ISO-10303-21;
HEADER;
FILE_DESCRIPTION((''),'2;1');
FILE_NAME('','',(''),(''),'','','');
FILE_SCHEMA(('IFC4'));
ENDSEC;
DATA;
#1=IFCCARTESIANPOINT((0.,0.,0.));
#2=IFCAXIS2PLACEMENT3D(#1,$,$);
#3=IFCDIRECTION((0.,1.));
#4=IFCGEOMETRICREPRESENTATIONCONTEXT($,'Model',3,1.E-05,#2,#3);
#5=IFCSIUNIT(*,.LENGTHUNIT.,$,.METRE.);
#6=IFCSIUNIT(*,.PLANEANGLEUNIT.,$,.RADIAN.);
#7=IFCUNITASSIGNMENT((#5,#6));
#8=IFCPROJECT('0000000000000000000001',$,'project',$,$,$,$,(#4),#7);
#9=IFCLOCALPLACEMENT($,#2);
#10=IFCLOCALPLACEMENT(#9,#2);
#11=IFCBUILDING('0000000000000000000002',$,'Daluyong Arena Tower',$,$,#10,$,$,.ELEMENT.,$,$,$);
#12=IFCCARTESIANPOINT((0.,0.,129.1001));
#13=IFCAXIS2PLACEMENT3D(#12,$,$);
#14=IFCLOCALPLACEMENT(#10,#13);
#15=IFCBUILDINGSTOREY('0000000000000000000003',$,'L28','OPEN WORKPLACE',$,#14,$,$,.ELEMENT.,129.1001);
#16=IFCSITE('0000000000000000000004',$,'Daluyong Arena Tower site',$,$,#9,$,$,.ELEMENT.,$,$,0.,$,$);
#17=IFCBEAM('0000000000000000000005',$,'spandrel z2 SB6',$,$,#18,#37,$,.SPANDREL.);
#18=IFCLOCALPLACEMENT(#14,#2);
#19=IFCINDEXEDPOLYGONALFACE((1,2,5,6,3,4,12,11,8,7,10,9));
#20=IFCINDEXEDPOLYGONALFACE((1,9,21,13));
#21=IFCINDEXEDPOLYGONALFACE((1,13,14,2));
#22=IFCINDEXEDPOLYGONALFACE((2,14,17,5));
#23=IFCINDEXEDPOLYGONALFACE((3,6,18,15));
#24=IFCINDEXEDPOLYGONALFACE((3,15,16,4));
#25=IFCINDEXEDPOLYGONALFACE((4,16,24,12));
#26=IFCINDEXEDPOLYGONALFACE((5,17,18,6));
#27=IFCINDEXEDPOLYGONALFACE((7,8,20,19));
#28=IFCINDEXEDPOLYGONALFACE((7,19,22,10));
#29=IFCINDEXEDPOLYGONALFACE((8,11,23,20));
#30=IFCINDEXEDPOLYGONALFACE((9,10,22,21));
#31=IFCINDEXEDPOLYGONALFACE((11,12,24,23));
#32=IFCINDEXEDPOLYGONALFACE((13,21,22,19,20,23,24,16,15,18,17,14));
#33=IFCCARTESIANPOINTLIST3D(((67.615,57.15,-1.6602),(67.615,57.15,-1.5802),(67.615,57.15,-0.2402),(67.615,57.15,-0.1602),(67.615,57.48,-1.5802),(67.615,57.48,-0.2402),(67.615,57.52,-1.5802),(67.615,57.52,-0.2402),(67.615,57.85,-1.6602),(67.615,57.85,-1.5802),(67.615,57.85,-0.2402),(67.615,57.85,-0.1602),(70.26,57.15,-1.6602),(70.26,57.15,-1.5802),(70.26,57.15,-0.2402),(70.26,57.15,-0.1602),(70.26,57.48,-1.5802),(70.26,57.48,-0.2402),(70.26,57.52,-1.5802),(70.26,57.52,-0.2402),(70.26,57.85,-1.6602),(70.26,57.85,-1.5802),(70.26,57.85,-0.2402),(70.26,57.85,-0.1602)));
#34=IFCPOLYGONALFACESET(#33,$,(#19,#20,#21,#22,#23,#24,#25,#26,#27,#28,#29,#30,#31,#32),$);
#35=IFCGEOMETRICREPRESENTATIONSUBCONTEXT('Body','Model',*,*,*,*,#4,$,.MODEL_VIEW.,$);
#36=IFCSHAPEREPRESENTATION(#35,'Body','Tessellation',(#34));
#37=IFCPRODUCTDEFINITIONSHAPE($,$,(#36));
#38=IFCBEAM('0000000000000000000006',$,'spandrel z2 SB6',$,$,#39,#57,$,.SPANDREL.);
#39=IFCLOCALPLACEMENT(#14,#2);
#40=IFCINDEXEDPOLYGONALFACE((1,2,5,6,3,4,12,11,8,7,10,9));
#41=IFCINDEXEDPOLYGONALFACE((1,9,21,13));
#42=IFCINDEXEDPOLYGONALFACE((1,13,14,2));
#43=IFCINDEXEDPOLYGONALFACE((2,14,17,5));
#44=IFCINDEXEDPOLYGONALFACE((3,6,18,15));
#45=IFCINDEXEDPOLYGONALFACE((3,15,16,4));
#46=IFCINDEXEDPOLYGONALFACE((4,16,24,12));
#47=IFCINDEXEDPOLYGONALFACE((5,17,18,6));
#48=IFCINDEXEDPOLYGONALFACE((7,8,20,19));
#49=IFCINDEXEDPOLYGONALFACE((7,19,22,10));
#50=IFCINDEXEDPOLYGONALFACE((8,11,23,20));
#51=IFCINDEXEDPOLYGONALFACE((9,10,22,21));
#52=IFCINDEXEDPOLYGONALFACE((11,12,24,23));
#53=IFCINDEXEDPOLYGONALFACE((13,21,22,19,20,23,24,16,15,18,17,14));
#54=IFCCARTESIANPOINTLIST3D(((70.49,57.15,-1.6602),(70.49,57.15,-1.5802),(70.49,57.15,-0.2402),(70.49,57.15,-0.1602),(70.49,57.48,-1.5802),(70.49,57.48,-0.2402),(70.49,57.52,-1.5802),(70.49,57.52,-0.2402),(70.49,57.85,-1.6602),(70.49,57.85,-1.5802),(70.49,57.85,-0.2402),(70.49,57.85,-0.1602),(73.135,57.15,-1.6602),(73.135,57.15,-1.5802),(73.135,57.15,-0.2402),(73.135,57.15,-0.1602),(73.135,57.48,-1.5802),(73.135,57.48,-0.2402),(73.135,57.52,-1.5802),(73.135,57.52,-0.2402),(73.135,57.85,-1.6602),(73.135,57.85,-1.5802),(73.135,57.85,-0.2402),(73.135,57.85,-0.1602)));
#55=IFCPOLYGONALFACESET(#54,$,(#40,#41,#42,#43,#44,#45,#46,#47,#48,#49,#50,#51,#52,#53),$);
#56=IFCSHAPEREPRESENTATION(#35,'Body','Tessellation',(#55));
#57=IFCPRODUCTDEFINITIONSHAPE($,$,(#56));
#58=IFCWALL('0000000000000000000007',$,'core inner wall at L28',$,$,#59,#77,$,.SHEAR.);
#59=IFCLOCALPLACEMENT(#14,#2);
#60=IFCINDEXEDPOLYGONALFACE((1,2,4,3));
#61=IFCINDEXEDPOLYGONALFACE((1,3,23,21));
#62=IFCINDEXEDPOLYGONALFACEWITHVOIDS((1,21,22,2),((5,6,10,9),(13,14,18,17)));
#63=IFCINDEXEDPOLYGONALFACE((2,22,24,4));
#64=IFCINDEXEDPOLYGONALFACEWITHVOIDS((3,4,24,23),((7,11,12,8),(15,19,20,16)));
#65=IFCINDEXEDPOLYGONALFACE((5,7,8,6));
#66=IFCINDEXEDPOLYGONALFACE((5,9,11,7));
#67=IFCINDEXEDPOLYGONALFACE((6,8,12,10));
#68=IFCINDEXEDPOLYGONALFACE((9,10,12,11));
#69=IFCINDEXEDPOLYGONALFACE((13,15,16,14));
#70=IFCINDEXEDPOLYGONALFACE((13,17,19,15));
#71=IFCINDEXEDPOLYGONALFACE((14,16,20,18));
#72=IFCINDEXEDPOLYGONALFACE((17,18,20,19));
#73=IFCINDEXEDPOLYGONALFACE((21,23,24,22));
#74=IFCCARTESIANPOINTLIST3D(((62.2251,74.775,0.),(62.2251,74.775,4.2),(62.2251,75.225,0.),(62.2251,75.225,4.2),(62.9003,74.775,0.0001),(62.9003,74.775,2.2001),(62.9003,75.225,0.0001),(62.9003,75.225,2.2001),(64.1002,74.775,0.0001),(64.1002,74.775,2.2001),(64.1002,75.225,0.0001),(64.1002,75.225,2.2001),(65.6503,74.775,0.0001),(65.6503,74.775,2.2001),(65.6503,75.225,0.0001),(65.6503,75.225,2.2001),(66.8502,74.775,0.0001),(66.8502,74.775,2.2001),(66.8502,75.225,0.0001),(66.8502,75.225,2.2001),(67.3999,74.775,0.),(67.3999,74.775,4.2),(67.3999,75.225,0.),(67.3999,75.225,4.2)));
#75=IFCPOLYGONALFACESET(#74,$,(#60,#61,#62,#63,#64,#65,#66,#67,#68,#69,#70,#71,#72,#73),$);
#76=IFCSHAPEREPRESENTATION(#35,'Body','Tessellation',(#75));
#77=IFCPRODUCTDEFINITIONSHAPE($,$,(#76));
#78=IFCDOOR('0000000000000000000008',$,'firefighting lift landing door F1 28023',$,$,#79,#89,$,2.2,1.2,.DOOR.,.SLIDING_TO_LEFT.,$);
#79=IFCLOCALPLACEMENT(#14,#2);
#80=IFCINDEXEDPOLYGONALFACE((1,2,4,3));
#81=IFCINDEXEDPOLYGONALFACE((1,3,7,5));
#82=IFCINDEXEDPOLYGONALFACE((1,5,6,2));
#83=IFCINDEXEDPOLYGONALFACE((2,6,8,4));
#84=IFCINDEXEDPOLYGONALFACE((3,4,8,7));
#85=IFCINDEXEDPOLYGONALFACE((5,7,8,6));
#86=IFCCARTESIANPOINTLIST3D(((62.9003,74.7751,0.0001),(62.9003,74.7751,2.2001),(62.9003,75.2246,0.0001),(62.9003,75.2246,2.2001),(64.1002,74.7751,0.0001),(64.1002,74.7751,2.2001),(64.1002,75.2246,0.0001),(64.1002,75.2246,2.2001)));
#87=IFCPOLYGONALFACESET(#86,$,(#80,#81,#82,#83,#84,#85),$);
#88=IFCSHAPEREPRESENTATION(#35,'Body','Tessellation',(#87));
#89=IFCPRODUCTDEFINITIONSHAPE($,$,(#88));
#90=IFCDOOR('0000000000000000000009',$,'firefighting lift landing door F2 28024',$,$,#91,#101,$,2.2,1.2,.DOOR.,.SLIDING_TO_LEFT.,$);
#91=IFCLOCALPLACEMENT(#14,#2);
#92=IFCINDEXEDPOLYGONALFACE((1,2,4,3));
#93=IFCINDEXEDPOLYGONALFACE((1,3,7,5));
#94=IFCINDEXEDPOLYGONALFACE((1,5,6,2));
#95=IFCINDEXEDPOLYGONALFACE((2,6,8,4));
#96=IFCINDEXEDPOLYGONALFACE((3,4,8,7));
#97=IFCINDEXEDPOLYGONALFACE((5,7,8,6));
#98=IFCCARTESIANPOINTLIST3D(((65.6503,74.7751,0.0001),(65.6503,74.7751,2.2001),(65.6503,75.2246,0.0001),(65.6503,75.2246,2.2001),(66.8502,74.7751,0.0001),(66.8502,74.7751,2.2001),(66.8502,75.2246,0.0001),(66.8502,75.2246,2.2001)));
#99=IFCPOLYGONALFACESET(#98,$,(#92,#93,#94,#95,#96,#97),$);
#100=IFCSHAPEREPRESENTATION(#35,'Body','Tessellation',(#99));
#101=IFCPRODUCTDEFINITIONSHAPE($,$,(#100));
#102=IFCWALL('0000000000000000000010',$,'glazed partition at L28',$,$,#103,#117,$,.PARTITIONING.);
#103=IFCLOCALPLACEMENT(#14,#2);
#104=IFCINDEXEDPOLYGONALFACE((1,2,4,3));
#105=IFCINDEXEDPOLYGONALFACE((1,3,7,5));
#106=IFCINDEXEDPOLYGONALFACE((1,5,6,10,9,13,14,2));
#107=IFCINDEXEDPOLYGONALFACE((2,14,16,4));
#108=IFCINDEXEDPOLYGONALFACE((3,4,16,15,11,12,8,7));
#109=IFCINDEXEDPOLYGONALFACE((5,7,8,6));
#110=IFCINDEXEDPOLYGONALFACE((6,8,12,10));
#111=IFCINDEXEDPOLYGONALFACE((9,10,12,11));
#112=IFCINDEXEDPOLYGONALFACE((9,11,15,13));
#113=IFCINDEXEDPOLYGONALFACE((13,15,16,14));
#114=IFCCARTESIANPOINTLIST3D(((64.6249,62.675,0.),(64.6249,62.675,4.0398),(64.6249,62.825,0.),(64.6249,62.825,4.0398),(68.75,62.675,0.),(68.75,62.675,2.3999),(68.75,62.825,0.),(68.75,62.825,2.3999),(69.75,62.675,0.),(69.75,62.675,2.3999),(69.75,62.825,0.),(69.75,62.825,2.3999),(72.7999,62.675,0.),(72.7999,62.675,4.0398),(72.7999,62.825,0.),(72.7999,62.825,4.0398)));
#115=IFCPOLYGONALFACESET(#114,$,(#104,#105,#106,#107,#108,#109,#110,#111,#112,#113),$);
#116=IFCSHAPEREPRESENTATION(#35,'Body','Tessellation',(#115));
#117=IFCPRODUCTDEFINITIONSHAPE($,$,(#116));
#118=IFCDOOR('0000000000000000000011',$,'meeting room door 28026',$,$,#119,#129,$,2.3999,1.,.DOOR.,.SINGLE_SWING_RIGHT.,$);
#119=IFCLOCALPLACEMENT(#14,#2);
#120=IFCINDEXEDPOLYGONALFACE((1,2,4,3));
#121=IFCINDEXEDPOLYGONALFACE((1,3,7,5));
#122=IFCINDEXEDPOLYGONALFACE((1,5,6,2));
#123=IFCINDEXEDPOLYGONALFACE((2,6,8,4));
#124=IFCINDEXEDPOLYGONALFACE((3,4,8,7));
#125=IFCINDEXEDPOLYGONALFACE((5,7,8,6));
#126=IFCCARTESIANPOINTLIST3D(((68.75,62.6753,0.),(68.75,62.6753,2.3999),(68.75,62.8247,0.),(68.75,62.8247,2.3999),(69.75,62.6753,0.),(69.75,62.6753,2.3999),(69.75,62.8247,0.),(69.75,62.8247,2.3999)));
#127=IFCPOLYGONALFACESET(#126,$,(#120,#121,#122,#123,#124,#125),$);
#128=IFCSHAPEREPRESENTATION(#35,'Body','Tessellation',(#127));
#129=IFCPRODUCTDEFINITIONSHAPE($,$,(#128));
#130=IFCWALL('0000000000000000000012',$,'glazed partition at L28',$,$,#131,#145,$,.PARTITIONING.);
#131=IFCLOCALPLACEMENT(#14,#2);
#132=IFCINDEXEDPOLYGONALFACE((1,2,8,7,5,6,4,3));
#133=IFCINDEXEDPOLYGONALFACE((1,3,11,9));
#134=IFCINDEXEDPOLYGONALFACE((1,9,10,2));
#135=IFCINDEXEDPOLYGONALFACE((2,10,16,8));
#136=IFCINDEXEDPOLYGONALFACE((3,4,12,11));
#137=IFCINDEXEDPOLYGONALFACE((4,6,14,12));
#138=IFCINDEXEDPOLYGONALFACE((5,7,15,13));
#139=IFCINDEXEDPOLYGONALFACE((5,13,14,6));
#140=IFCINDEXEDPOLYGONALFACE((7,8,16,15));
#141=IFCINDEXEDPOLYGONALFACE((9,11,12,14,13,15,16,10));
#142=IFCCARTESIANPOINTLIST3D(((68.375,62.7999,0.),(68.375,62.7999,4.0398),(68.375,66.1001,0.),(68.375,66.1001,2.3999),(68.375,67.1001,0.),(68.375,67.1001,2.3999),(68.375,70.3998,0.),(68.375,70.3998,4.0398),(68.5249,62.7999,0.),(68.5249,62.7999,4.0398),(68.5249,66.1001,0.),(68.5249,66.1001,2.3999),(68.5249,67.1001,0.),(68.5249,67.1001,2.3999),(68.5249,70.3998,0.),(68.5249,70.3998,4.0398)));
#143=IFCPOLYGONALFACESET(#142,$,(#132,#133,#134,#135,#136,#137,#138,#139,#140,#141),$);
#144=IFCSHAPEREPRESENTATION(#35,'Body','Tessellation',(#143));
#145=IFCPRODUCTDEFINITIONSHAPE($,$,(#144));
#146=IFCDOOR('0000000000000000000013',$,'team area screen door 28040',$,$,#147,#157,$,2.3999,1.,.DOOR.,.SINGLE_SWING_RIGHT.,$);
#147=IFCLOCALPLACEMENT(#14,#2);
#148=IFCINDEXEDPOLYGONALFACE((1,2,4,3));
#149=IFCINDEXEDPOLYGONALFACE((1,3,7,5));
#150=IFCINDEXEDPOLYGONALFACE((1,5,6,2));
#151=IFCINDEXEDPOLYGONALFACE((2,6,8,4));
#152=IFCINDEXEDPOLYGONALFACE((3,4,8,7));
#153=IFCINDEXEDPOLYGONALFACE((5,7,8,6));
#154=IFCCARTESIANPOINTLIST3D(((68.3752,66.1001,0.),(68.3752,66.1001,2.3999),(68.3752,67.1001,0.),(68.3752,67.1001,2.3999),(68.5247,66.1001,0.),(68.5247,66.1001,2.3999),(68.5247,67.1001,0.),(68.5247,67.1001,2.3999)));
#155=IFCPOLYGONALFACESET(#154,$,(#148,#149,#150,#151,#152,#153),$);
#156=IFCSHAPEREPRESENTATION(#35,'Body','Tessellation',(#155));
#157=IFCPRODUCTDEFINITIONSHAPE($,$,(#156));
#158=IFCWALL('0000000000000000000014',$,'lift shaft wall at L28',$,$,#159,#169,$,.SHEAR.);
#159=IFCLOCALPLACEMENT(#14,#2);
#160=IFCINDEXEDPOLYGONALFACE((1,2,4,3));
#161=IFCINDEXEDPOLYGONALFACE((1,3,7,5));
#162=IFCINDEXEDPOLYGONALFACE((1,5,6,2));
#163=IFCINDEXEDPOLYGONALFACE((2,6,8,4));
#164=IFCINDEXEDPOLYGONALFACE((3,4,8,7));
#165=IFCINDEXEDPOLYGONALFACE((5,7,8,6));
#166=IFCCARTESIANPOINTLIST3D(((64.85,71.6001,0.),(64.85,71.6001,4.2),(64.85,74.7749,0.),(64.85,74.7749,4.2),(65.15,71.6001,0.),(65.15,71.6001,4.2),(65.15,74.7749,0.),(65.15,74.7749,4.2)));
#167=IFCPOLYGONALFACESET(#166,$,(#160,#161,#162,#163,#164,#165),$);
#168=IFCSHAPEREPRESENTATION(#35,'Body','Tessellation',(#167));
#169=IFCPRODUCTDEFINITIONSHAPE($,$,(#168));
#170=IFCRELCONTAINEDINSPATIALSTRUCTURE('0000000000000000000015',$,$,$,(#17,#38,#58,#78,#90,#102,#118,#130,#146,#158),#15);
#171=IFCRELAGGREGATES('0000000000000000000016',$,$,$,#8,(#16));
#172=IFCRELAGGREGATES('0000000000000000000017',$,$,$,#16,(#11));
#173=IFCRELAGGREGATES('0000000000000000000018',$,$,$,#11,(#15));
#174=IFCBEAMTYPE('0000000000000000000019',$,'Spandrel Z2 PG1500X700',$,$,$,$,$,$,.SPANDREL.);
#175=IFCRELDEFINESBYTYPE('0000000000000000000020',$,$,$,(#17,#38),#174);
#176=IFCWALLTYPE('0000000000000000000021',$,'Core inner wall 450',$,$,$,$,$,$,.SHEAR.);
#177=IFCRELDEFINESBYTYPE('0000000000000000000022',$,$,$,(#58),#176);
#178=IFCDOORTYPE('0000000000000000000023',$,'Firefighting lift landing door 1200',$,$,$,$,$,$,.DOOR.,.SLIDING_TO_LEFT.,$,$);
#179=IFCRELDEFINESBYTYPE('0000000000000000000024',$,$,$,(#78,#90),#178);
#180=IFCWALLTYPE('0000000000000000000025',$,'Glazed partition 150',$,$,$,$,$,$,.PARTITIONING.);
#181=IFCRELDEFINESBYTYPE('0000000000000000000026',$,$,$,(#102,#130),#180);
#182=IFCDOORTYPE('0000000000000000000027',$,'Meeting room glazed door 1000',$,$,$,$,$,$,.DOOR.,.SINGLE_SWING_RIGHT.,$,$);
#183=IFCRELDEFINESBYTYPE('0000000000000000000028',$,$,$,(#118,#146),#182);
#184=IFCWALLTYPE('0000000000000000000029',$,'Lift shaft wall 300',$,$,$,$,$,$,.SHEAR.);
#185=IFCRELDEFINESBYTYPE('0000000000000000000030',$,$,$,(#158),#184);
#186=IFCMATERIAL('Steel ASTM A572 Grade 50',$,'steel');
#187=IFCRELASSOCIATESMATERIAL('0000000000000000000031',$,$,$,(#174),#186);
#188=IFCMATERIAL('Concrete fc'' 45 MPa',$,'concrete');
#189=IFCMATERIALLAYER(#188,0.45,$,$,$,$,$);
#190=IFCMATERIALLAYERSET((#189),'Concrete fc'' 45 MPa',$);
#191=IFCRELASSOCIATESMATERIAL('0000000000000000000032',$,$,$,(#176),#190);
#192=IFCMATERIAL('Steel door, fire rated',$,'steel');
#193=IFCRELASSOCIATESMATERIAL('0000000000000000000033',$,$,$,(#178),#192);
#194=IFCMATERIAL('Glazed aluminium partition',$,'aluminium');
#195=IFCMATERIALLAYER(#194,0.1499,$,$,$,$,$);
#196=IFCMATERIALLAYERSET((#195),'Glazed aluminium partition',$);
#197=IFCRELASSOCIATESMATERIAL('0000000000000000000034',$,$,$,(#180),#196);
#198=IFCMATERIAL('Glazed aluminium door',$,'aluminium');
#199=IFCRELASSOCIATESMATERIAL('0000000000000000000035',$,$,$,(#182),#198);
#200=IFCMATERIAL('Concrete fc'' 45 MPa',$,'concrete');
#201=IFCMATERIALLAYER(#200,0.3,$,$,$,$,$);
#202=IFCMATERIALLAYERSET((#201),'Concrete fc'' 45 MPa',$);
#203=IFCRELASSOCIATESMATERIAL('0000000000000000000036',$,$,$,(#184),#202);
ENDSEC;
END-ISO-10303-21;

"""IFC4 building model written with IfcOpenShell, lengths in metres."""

from ifc_helpers import new_model, si_unit, direction, frame, frame_2d, origin, origin_2d, place, context, subcontext, project, spatial, rectangle, i_section, extrude, material, layer, layer_set, material_profile, profile_set, type_object, element, fill, save


model = new_model("IFC4")

# Units and contexts
model_context = context("Model", 3, precision=1e-05, world=origin(), true_north=direction((0.0, 1.0)))
body_context = subcontext(model_context, "Body", "Model", "MODEL_VIEW")
ifc_project = project(units=[si_unit("LENGTHUNIT", "METRE"), si_unit("PLANEANGLEUNIT", "RADIAN")], contexts=[model_context])

# Site, building, storey
site_placement = place(None, origin())
site = spatial("IfcSite", under=ifc_project, at=site_placement, Name="Daluyong Arena Tower site", CompositionType="ELEMENT", RefElevation=0.0)
building_placement = place(site_placement, origin())
building = spatial("IfcBuilding", under=site, at=building_placement, Name="Daluyong Arena Tower", CompositionType="ELEMENT")
storey_placement = place(building_placement, frame((0.0, 0.0, 129.1001)))
storey = spatial("IfcBuildingStorey", under=building, at=storey_placement, Name="L28", Description="OPEN WORKPLACE", CompositionType="ELEMENT", Elevation=129.1001)

# Beams
ifc_material_1 = material(Name="Steel ASTM A572 Grade 50", Category="steel")
ifc_material_profile_1 = material_profile(ifc_material_1, i_section(OverallWidth=0.7, OverallDepth=1.5, WebThickness=0.04, FlangeThickness=0.08, at=origin_2d()))
ifc_profile_set_1 = profile_set([ifc_material_profile_1], Name="Steel ASTM A572 Grade 50")
beam_type_1 = type_object("IfcBeamType", Name="Spandrel Z2 PG1500X700", PredefinedType="SPANDREL", material=ifc_profile_set_1)
for number, where, z_axis, x_axis, name in (
    (1, (67.615, 57.5, -0.9102), (1.0, 0.0, 0.0), (0.0, 1.0, 0.0), "spandrel z2 SB6"),
    (2, (70.49, 57.5, -0.9102), (1.0, 0.0, 0.0), (0.0, 1.0, 0.0), "spandrel z2 SB6"),
):
    element("IfcBeam", number, at=place(storey_placement, frame(where, z_axis=z_axis, x_axis=x_axis)), inside=storey, type_object=beam_type_1, Name=name, PredefinedType="SPANDREL", context=body_context, shape_type="SweptSolid", body=[
        extrude(i_section(OverallWidth=0.7, OverallDepth=1.5, WebThickness=0.04, FlangeThickness=0.08, at=origin_2d()), origin(), (0.0, 0.0, 1.0), 2.645),
    ])

# Shared definitions
ifc_material_2 = material(Name="Concrete fc' 45 MPa", Category="concrete")
ifc_layer_1 = layer(ifc_material_2, 0.45)
ifc_layer_set_1 = layer_set([ifc_layer_1], Name="Concrete fc' 45 MPa")
wall_type_1 = type_object("IfcWallType", Name="Core inner wall 450", PredefinedType="SHEAR", material=ifc_layer_set_1)

# Wall, openings, doors
wall_1_placement = place(storey_placement, frame((62.2251, 75.0, 0.0), z_axis=(0.0, 0.0, 1.0), x_axis=(1.0, 0.0, 0.0)))
wall_1 = element("IfcWall", 3, at=wall_1_placement, inside=storey, type_object=wall_type_1, Name="core inner wall at L28", PredefinedType="SHEAR", context=body_context, shape_type="SweptSolid", body=[
    extrude(rectangle(XDim=5.1748, YDim=0.45, at=frame_2d((2.5874, 0.0))), origin(), (0.0, 0.0, 1.0), 4.2),
])
opening_1_placement = place(wall_1_placement, frame((0.675, 0.0, 0.0)))
opening_1 = element("IfcOpeningElement", 4, at=opening_1_placement, cuts=wall_1, PredefinedType="OPENING", context=body_context, shape_type="SweptSolid", body=[
    extrude(rectangle(XDim=1.2, YDim=2.2, at=frame_2d((0.6001, 1.1001))), frame((0.0, 0.2349, 0.0), z_axis=(0.0, -1.0, 0.0), x_axis=(1.0, 0.0, 0.0)), (0.0, 0.0, 1.0), 0.47),
])
opening_2_placement = place(wall_1_placement, frame((3.425, 0.0, 0.0)))
opening_2 = element("IfcOpeningElement", 5, at=opening_2_placement, cuts=wall_1, PredefinedType="OPENING", context=body_context, shape_type="SweptSolid", body=[
    extrude(rectangle(XDim=1.2, YDim=2.2, at=frame_2d((0.6001, 1.1001))), frame((0.0, 0.2349, 0.0), z_axis=(0.0, -1.0, 0.0), x_axis=(1.0, 0.0, 0.0)), (0.0, 0.0, 1.0), 0.47),
])
ifc_material_3 = material(Name="Steel door, fire rated", Category="steel")
door_type_1 = type_object("IfcDoorType", Name="Firefighting lift landing door 1200", OperationType="SLIDING_TO_LEFT", PredefinedType="DOOR", material=ifc_material_3)
door_1_placement = place(opening_1_placement, origin())
door_1 = element("IfcDoor", 6, at=door_1_placement, inside=storey, type_object=door_type_1, Name="firefighting lift landing door F1 28023", OperationType="SLIDING_TO_LEFT", OverallHeight=2.2, OverallWidth=1.2, PredefinedType="DOOR", context=body_context, shape_type="SweptSolid", body=[
    extrude(rectangle(XDim=1.2, YDim=2.2, at=frame_2d((0.6001, 1.1001))), frame((0.0, 0.2246, 0.0), z_axis=(0.0, -1.0, 0.0), x_axis=(1.0, 0.0, 0.0)), (0.0, 0.0, 1.0), 0.4495),
])
fill(opening_1, door_1)
door_2_placement = place(opening_2_placement, origin())
door_2 = element("IfcDoor", 7, at=door_2_placement, inside=storey, type_object=door_type_1, Name="firefighting lift landing door F2 28024", OperationType="SLIDING_TO_LEFT", OverallHeight=2.2, OverallWidth=1.2, PredefinedType="DOOR", context=body_context, shape_type="SweptSolid", body=[
    extrude(rectangle(XDim=1.2, YDim=2.2, at=frame_2d((0.6001, 1.1001))), frame((0.0, 0.2246, 0.0), z_axis=(0.0, -1.0, 0.0), x_axis=(1.0, 0.0, 0.0)), (0.0, 0.0, 1.0), 0.4495),
])
fill(opening_2, door_2)

# Walls, openings, doors
ifc_material_4 = material(Name="Glazed aluminium partition", Category="aluminium")
ifc_layer_2 = layer(ifc_material_4, 0.1499)
ifc_layer_set_2 = layer_set([ifc_layer_2], Name="Glazed aluminium partition")
wall_type_2 = type_object("IfcWallType", Name="Glazed partition 150", PredefinedType="PARTITIONING", material=ifc_layer_set_2)
wall_2_placement = place(storey_placement, frame((64.625, 62.75, 0.0), z_axis=(0.0, 0.0, 1.0), x_axis=(1.0, 0.0, 0.0)))
wall_2 = element("IfcWall", 8, at=wall_2_placement, inside=storey, type_object=wall_type_2, Name="glazed partition at L28", PredefinedType="PARTITIONING", context=body_context, shape_type="SweptSolid", body=[
    extrude(rectangle(XDim=8.175, YDim=0.1499, at=frame_2d((4.0874, 0.0))), origin(), (0.0, 0.0, 1.0), 4.0398),
])
opening_3_placement = place(wall_2_placement, frame((4.125, 0.0, 0.0)))
opening_3 = element("IfcOpeningElement", 9, at=opening_3_placement, cuts=wall_2, PredefinedType="OPENING", context=body_context, shape_type="SweptSolid", body=[
    extrude(rectangle(XDim=1.0, YDim=2.3999, at=frame_2d((0.5, 1.2))), frame((0.0, 0.085, 0.0), z_axis=(0.0, -1.0, 0.0), x_axis=(1.0, 0.0, 0.0)), (0.0, 0.0, 1.0), 0.1699),
])
ifc_material_5 = material(Name="Glazed aluminium door", Category="aluminium")
door_type_2 = type_object("IfcDoorType", Name="Meeting room glazed door 1000", OperationType="SINGLE_SWING_RIGHT", PredefinedType="DOOR", material=ifc_material_5)
door_3_placement = place(opening_3_placement, origin())
door_3 = element("IfcDoor", 10, at=door_3_placement, inside=storey, type_object=door_type_2, Name="meeting room door 28026", OperationType="SINGLE_SWING_RIGHT", OverallHeight=2.3999, OverallWidth=1.0, PredefinedType="DOOR", context=body_context, shape_type="SweptSolid", body=[
    extrude(rectangle(XDim=1.0, YDim=2.3999, at=frame_2d((0.5, 1.2))), frame((0.0, 0.0747, 0.0), z_axis=(0.0, -1.0, 0.0), x_axis=(1.0, 0.0, 0.0)), (0.0, 0.0, 1.0), 0.1494),
])
fill(opening_3, door_3)
wall_3_placement = place(storey_placement, frame((68.45, 62.8, 0.0), z_axis=(0.0, 0.0, 1.0), x_axis=(0.0, 1.0, 0.0)))
wall_3 = element("IfcWall", 11, at=wall_3_placement, inside=storey, type_object=wall_type_2, Name="glazed partition at L28", PredefinedType="PARTITIONING", context=body_context, shape_type="SweptSolid", body=[
    extrude(rectangle(XDim=7.5999, YDim=0.1499, at=frame_2d((3.7998, 0.0))), origin(), (0.0, 0.0, 1.0), 4.0398),
])
opening_4_placement = place(wall_3_placement, frame((3.3, 0.0, 0.0)))
opening_4 = element("IfcOpeningElement", 12, at=opening_4_placement, cuts=wall_3, PredefinedType="OPENING", context=body_context, shape_type="SweptSolid", body=[
    extrude(rectangle(XDim=1.0, YDim=2.3999, at=frame_2d((0.5, 1.2))), frame((0.0, 0.085, 0.0), z_axis=(0.0, -1.0, 0.0), x_axis=(1.0, 0.0, 0.0)), (0.0, 0.0, 1.0), 0.1699),
])
door_4_placement = place(opening_4_placement, origin())
door_4 = element("IfcDoor", 13, at=door_4_placement, inside=storey, type_object=door_type_2, Name="team area screen door 28040", OperationType="SINGLE_SWING_RIGHT", OverallHeight=2.3999, OverallWidth=1.0, PredefinedType="DOOR", context=body_context, shape_type="SweptSolid", body=[
    extrude(rectangle(XDim=1.0, YDim=2.3999, at=frame_2d((0.5, 1.2))), frame((0.0, 0.0747, 0.0), z_axis=(0.0, -1.0, 0.0), x_axis=(1.0, 0.0, 0.0)), (0.0, 0.0, 1.0), 0.1494),
])
fill(opening_4, door_4)

# Wall
ifc_material_6 = material(Name="Concrete fc' 45 MPa", Category="concrete")
ifc_layer_3 = layer(ifc_material_6, 0.3)
ifc_layer_set_3 = layer_set([ifc_layer_3], Name="Concrete fc' 45 MPa")
wall_type_3 = type_object("IfcWallType", Name="Lift shaft wall 300", PredefinedType="SHEAR", material=ifc_layer_set_3)
wall_4_placement = place(storey_placement, frame((65.0, 71.6001, 0.0), z_axis=(0.0, 0.0, 1.0), x_axis=(0.0, 1.0, 0.0)))
element("IfcWall", 14, at=wall_4_placement, inside=storey, type_object=wall_type_3, Name="lift shaft wall at L28", PredefinedType="SHEAR", context=body_context, shape_type="SweptSolid", body=[
    extrude(rectangle(XDim=3.1748, YDim=0.3, at=frame_2d((1.5874, 0.0))), origin(), (0.0, 0.0, 1.0), 4.2),
])

save(model, "model.ifc")
